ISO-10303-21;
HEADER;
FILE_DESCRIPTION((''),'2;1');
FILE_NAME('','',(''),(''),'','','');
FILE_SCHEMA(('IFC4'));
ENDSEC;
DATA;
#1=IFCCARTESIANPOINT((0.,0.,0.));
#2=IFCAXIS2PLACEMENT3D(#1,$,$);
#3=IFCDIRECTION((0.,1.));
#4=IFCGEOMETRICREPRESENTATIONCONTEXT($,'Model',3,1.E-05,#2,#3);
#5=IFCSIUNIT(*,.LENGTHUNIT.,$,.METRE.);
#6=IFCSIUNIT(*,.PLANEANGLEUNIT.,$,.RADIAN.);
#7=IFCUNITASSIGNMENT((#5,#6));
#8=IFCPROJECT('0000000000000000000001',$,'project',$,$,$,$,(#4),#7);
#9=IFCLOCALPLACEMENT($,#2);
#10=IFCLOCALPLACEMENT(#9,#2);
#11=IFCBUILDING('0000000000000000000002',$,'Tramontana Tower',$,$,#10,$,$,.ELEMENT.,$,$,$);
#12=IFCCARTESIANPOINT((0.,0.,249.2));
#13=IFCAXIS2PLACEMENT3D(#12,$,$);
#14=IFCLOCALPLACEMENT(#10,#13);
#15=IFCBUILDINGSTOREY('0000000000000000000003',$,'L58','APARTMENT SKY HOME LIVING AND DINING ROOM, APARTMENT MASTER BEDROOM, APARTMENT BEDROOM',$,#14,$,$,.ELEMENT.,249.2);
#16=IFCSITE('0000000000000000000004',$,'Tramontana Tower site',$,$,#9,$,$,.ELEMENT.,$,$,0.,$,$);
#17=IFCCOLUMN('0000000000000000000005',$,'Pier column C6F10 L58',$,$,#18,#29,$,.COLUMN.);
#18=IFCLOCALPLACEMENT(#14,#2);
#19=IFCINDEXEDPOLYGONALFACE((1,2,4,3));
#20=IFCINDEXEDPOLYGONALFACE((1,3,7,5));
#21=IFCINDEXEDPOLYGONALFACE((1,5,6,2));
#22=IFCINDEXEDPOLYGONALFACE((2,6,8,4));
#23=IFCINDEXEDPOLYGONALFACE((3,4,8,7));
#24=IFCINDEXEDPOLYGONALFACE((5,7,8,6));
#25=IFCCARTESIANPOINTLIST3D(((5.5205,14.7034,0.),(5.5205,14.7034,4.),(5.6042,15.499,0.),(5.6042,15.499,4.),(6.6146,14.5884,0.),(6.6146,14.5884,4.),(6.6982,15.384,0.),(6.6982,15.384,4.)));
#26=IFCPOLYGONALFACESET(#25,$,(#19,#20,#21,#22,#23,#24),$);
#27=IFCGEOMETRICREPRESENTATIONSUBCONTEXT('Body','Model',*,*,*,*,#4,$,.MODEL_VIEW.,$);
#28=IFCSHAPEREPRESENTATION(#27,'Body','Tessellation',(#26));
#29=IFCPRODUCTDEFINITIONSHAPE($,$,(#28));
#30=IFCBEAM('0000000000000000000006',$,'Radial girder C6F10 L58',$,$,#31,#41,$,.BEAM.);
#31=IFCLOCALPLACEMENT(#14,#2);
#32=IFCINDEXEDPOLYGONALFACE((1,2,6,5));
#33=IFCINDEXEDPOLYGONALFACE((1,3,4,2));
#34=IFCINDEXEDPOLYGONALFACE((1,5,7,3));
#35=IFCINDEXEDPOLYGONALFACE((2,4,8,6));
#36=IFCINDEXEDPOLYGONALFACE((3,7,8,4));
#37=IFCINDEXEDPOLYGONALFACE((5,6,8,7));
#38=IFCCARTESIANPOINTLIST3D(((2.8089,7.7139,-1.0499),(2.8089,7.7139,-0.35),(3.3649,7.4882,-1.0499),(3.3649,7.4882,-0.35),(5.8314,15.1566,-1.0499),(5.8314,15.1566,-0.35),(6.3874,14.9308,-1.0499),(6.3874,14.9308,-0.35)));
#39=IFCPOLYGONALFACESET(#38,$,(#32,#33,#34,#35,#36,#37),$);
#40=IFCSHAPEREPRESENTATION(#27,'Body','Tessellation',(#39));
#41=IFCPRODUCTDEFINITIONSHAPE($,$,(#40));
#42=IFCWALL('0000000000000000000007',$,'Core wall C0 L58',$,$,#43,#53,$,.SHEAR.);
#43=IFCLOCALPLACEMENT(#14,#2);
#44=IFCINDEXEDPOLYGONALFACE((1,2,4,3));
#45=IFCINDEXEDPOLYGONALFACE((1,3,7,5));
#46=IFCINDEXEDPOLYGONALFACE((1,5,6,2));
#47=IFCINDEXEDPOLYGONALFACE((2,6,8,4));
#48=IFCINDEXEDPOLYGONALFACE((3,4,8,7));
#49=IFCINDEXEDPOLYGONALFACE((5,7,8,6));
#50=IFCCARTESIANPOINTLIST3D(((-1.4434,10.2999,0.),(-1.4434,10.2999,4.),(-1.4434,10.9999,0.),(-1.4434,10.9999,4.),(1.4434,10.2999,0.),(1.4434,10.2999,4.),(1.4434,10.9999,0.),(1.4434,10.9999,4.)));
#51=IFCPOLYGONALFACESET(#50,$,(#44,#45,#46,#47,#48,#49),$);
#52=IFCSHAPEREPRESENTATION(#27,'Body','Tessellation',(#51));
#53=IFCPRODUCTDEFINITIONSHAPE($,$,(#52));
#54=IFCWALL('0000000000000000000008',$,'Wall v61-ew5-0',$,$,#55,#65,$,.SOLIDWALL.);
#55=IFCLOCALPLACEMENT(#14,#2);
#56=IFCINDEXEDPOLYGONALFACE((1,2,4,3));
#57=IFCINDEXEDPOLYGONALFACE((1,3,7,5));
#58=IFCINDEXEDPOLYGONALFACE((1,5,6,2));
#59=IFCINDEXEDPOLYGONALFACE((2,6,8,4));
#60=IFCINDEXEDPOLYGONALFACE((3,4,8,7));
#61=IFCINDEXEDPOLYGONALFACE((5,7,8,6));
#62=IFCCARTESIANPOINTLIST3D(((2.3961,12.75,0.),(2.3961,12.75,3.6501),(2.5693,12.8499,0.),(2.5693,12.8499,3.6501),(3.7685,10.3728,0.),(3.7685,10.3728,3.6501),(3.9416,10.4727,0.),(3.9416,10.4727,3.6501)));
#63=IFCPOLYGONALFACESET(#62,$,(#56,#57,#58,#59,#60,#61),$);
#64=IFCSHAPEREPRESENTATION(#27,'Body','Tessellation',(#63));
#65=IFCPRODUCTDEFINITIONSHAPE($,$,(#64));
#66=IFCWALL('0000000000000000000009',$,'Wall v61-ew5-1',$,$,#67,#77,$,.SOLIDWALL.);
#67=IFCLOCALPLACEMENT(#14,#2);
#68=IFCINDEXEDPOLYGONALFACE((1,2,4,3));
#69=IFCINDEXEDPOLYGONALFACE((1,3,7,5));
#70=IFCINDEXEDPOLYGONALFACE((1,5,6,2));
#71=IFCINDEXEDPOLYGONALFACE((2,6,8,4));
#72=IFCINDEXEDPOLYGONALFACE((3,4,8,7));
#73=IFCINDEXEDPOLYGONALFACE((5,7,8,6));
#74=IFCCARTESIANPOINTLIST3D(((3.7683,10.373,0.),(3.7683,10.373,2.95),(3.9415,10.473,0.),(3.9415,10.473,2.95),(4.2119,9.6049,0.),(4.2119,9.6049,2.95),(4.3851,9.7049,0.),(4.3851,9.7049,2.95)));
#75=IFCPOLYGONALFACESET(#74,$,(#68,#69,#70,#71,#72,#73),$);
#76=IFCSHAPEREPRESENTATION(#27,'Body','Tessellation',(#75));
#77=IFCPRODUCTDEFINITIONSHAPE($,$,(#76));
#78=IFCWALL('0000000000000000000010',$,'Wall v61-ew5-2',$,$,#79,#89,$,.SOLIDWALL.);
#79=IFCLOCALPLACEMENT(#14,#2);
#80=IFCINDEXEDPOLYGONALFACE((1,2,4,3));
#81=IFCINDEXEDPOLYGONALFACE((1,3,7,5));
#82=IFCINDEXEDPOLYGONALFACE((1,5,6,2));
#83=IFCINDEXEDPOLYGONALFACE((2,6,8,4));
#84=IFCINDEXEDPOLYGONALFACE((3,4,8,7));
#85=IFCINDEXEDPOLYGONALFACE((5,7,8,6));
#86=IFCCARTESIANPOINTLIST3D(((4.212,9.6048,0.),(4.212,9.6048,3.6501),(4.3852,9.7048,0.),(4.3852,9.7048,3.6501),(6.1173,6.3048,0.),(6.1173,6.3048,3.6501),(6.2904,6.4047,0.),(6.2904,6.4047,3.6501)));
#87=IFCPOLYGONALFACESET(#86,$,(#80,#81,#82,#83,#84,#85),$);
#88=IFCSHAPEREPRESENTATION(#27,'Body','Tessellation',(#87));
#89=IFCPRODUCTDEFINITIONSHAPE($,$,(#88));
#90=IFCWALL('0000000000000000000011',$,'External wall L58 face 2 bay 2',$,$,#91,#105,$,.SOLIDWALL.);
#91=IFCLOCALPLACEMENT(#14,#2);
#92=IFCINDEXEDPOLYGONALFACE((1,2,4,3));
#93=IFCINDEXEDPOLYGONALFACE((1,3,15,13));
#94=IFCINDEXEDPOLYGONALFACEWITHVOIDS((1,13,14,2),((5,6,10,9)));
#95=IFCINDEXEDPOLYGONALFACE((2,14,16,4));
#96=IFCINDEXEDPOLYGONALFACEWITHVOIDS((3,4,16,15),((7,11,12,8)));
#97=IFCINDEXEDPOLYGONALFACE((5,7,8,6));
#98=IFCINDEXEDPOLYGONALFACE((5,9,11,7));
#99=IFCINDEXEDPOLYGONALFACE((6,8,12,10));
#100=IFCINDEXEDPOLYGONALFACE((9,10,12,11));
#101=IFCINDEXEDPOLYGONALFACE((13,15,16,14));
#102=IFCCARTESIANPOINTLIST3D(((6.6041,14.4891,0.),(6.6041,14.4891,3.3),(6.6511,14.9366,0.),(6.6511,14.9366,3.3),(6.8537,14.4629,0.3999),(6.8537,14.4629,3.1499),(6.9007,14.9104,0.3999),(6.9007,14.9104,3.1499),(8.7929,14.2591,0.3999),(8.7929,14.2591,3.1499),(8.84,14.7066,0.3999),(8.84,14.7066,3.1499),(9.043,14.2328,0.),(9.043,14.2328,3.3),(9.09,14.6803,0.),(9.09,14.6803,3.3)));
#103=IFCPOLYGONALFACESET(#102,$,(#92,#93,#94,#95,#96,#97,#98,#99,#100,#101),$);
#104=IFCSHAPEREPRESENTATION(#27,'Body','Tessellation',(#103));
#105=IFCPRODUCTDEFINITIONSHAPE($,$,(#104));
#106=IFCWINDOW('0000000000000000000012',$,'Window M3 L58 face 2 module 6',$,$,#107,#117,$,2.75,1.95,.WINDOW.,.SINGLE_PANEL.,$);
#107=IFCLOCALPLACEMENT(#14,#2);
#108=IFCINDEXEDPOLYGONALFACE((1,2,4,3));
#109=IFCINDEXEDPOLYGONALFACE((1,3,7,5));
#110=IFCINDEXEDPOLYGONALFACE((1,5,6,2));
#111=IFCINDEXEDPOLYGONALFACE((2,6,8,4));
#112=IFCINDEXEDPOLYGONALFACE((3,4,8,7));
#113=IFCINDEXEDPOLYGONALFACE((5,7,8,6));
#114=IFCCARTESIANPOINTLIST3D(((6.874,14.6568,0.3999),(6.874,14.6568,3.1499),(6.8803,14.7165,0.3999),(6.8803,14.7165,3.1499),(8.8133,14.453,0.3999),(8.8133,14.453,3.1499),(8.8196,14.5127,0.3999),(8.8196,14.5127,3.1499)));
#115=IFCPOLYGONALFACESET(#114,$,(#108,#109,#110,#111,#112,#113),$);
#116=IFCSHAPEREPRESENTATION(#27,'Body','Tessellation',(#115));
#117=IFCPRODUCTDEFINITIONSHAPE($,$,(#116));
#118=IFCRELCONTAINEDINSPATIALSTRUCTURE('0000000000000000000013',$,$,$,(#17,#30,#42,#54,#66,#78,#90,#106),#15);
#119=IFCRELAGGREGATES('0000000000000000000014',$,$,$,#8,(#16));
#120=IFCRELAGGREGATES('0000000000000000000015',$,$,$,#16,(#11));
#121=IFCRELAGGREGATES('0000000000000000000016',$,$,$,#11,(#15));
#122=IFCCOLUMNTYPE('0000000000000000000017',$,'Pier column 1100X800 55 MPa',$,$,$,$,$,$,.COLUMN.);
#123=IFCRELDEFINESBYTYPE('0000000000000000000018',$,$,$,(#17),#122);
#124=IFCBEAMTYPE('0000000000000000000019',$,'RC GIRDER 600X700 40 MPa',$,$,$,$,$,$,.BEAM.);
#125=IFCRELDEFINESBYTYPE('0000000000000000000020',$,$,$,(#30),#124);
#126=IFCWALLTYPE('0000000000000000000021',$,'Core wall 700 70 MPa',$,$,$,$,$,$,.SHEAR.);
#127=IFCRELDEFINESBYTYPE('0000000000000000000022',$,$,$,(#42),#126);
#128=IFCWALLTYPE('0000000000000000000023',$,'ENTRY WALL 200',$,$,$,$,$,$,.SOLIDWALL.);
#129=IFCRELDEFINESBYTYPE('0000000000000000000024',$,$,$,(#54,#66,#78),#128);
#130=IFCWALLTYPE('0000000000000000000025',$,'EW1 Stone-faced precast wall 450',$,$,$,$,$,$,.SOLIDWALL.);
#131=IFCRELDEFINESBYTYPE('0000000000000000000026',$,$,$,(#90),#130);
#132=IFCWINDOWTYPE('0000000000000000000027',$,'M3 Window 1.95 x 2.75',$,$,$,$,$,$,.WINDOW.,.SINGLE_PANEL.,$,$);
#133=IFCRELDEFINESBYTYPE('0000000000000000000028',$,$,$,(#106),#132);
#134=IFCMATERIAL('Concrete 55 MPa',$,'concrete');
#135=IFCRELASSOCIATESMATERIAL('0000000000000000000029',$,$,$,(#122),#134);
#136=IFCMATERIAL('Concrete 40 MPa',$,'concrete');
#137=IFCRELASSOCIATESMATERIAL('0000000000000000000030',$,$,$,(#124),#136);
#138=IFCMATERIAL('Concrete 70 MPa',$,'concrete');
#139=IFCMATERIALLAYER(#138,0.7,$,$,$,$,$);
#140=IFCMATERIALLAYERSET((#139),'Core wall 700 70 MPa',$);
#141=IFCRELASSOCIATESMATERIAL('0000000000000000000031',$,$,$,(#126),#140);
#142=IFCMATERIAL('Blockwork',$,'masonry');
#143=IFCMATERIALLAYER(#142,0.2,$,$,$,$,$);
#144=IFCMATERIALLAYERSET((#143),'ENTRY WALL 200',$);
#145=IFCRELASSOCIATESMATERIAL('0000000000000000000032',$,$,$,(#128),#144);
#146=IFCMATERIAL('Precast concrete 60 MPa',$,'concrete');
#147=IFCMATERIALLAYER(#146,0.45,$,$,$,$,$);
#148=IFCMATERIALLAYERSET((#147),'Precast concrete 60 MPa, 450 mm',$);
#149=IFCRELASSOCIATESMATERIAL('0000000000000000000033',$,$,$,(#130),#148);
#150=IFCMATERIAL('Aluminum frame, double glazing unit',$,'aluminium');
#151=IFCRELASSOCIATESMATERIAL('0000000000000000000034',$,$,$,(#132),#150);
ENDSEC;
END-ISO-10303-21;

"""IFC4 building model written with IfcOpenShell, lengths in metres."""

from ifc_helpers import new_model, si_unit, direction, frame, frame_2d, origin, origin_2d, place, context, subcontext, project, spatial, rectangle, extrude, material, layer, layer_set, material_profile, profile_set, type_object, element, fill, save


model = new_model("IFC4")

# Units and contexts
model_context = context("Model", 3, precision=1e-05, world=origin(), true_north=direction((0.0, 1.0)))
body_context = subcontext(model_context, "Body", "Model", "MODEL_VIEW")
ifc_project = project(units=[si_unit("LENGTHUNIT", "METRE"), si_unit("PLANEANGLEUNIT", "RADIAN")], contexts=[model_context])

# Site, building, storey
site_placement = place(None, origin())
site = spatial("IfcSite", under=ifc_project, at=site_placement, Name="Tramontana Tower site", CompositionType="ELEMENT", RefElevation=0.0)
building_placement = place(site_placement, origin())
building = spatial("IfcBuilding", under=site, at=building_placement, Name="Tramontana Tower", CompositionType="ELEMENT")
storey_placement = place(building_placement, frame((0.0, 0.0, 249.2)))
storey = spatial("IfcBuildingStorey", under=building, at=storey_placement, Name="L58", Description="APARTMENT SKY HOME LIVING AND DINING ROOM, APARTMENT MASTER BEDROOM, APARTMENT BEDROOM", CompositionType="ELEMENT", Elevation=249.2)

# Column
ifc_material_1 = material(Name="Concrete 55 MPa", Category="concrete")
ifc_material_profile_1 = material_profile(ifc_material_1, rectangle(XDim=1.1001, YDim=0.8, at=origin_2d()), Name="Pier column 1100X800 55 MPa")
ifc_profile_set_1 = profile_set([ifc_material_profile_1], Name="Concrete 55 MPa")
column_type = type_object("IfcColumnType", Name="Pier column 1100X800 55 MPa", PredefinedType="COLUMN", material=ifc_profile_set_1)
column_placement = place(storey_placement, frame((6.1094, 15.0437, 0.0), z_axis=(0.0, 0.0, 1.0), x_axis=(-0.994522, 0.104528, 0.0)))
element("IfcColumn", 1, at=column_placement, inside=storey, type_object=column_type, Name="Pier column C6F10 L58", PredefinedType="COLUMN", context=body_context, shape_type="SweptSolid", body=[
    extrude(rectangle(XDim=1.1001, YDim=0.8, at=origin_2d()), origin(), (0.0, 0.0, 1.0), 4.0),
])

# Beam
ifc_material_2 = material(Name="Concrete 40 MPa", Category="concrete")
ifc_material_profile_2 = material_profile(ifc_material_2, rectangle(XDim=0.6001, YDim=0.7, at=origin_2d()), Name="RC GIRDER 600X700 40 MPa")
ifc_profile_set_2 = profile_set([ifc_material_profile_2], Name="Concrete 40 MPa")
beam_type = type_object("IfcBeamType", Name="RC GIRDER 600X700 40 MPa", PredefinedType="BEAM", material=ifc_profile_set_2)
beam_placement = place(storey_placement, frame((6.1094, 15.0437, -0.7), z_axis=(-0.376259, -0.926515, 0.0), x_axis=(0.926515, -0.376259, 0.0)))
element("IfcBeam", 2, at=beam_placement, inside=storey, type_object=beam_type, Name="Radial girder C6F10 L58", PredefinedType="BEAM", context=body_context, shape_type="SweptSolid", body=[
    extrude(rectangle(XDim=0.6001, YDim=0.7, at=origin_2d()), origin(), (0.0, 0.0, 1.0), 8.033),
])

# Walls
ifc_material_3 = material(Name="Concrete 70 MPa", Category="concrete")
ifc_layer_1 = layer(ifc_material_3, 0.7)
ifc_layer_set_1 = layer_set([ifc_layer_1], Name="Core wall 700 70 MPa")
wall_type_1 = type_object("IfcWallType", Name="Core wall 700 70 MPa", PredefinedType="SHEAR", material=ifc_layer_set_1)
wall_1_placement = place(storey_placement, frame((1.4434, 10.6499, 0.0), z_axis=(0.0, 0.0, 1.0), x_axis=(-1.0, 0.0, 0.0)))
element("IfcWall", 3, at=wall_1_placement, inside=storey, type_object=wall_type_1, Name="Core wall C0 L58", PredefinedType="SHEAR", context=body_context, shape_type="SweptSolid", body=[
    extrude(rectangle(XDim=2.8867, YDim=0.7, at=frame_2d((1.4434, 0.0))), origin(), (0.0, 0.0, 1.0), 4.0),
])
ifc_material_4 = material(Name="Blockwork", Category="masonry")
ifc_layer_2 = layer(ifc_material_4, 0.2)
ifc_layer_set_2 = layer_set([ifc_layer_2], Name="ENTRY WALL 200")
wall_type_2 = type_object("IfcWallType", Name="ENTRY WALL 200", PredefinedType="SOLIDWALL", material=ifc_layer_set_2)
wall_2_placement = place(storey_placement, frame((2.4827, 12.8, 0.0), z_axis=(0.0, 0.0, 1.0), x_axis=(0.499956, -0.866051, 0.0)))
element("IfcWall", 4, at=wall_2_placement, inside=storey, type_object=wall_type_2, Name="Wall v61-ew5-0", PredefinedType="SOLIDWALL", context=body_context, shape_type="SweptSolid", body=[
    extrude(rectangle(XDim=2.7449, YDim=0.2, at=frame_2d((1.3726, 0.0))), origin(), (0.0, 0.0, 1.0), 3.6501),
])
wall_3_placement = place(storey_placement, frame((3.855, 10.4229, 0.0), z_axis=(0.0, 0.0, 1.0), x_axis=(0.500135, -0.865947, 0.0)))
element("IfcWall", 5, at=wall_3_placement, inside=storey, type_object=wall_type_2, Name="Wall v61-ew5-1", PredefinedType="SOLIDWALL", context=body_context, shape_type="SweptSolid", body=[
    extrude(rectangle(XDim=0.887, YDim=0.2, at=frame_2d((0.4434, 0.0))), origin(), (0.0, 0.0, 1.0), 2.95),
])
wall_4_placement = place(storey_placement, frame((4.2986, 9.6548, 0.0), z_axis=(0.0, 0.0, 1.0), x_axis=(0.499998, -0.866027, 0.0)))
element("IfcWall", 6, at=wall_4_placement, inside=storey, type_object=wall_type_2, Name="Wall v61-ew5-2", PredefinedType="SOLIDWALL", context=body_context, shape_type="SweptSolid", body=[
    extrude(rectangle(XDim=3.8105, YDim=0.2, at=frame_2d((1.9053, 0.0))), origin(), (0.0, 0.0, 1.0), 3.6501),
])

# Wall, opening, window
ifc_material_5 = material(Name="Precast concrete 60 MPa", Category="concrete")
ifc_layer_3 = layer(ifc_material_5, 0.45)
ifc_layer_set_3 = layer_set([ifc_layer_3], Name="Precast concrete 60 MPa, 450 mm")
wall_type_3 = type_object("IfcWallType", Name="EW1 Stone-faced precast wall 450", PredefinedType="SOLIDWALL", material=ifc_layer_set_3)
wall_5_placement = place(storey_placement, frame((9.0664, 14.4565, 0.0), z_axis=(0.0, 0.0, 1.0), x_axis=(-0.994522, 0.104529, 0.0)))
wall_5 = element("IfcWall", 7, at=wall_5_placement, inside=storey, type_object=wall_type_3, Name="External wall L58 face 2 bay 2", PredefinedType="SOLIDWALL", context=body_context, shape_type="SweptSolid", body=[
    extrude(rectangle(XDim=2.4524, YDim=0.45, at=frame_2d((1.2261, 0.0))), origin(), (0.0, 0.0, 1.0), 3.3),
])
opening_1_placement = place(wall_5_placement, frame((0.2512, 0.0, 0.3999)))
opening_1 = element("IfcOpeningElement", 8, at=opening_1_placement, cuts=wall_5, PredefinedType="OPENING", context=body_context, shape_type="SweptSolid", body=[
    extrude(rectangle(XDim=1.95, YDim=2.75, at=frame_2d((0.9751, 1.375))), frame((0.0, 0.2349, 0.0), z_axis=(0.0, -1.0, 0.0), x_axis=(1.0, 0.0, 0.0)), (0.0, 0.0, 1.0), 0.47),
])
ifc_material_6 = material(Name="Aluminum frame, double glazing unit", Category="aluminium")
window_type = type_object("IfcWindowType", Name="M3 Window 1.95 x 2.75", PartitioningType="SINGLE_PANEL", PredefinedType="WINDOW", material=ifc_material_6)
window_1_placement = place(opening_1_placement, origin())
window_1 = element("IfcWindow", 9, at=window_1_placement, inside=storey, type_object=window_type, Name="Window M3 L58 face 2 module 6", OverallHeight=2.75, OverallWidth=1.95, PartitioningType="SINGLE_PANEL", PredefinedType="WINDOW", context=body_context, shape_type="SweptSolid", body=[
    extrude(rectangle(XDim=1.95, YDim=2.75, at=frame_2d((0.9751, 1.375))), frame((0.0, 0.03, 0.0), z_axis=(0.0, -1.0, 0.0), x_axis=(1.0, 0.0, 0.0)), (0.0, 0.0, 1.0), 0.0601),
])
fill(opening_1, window_1)

save(model, "model.ifc")
